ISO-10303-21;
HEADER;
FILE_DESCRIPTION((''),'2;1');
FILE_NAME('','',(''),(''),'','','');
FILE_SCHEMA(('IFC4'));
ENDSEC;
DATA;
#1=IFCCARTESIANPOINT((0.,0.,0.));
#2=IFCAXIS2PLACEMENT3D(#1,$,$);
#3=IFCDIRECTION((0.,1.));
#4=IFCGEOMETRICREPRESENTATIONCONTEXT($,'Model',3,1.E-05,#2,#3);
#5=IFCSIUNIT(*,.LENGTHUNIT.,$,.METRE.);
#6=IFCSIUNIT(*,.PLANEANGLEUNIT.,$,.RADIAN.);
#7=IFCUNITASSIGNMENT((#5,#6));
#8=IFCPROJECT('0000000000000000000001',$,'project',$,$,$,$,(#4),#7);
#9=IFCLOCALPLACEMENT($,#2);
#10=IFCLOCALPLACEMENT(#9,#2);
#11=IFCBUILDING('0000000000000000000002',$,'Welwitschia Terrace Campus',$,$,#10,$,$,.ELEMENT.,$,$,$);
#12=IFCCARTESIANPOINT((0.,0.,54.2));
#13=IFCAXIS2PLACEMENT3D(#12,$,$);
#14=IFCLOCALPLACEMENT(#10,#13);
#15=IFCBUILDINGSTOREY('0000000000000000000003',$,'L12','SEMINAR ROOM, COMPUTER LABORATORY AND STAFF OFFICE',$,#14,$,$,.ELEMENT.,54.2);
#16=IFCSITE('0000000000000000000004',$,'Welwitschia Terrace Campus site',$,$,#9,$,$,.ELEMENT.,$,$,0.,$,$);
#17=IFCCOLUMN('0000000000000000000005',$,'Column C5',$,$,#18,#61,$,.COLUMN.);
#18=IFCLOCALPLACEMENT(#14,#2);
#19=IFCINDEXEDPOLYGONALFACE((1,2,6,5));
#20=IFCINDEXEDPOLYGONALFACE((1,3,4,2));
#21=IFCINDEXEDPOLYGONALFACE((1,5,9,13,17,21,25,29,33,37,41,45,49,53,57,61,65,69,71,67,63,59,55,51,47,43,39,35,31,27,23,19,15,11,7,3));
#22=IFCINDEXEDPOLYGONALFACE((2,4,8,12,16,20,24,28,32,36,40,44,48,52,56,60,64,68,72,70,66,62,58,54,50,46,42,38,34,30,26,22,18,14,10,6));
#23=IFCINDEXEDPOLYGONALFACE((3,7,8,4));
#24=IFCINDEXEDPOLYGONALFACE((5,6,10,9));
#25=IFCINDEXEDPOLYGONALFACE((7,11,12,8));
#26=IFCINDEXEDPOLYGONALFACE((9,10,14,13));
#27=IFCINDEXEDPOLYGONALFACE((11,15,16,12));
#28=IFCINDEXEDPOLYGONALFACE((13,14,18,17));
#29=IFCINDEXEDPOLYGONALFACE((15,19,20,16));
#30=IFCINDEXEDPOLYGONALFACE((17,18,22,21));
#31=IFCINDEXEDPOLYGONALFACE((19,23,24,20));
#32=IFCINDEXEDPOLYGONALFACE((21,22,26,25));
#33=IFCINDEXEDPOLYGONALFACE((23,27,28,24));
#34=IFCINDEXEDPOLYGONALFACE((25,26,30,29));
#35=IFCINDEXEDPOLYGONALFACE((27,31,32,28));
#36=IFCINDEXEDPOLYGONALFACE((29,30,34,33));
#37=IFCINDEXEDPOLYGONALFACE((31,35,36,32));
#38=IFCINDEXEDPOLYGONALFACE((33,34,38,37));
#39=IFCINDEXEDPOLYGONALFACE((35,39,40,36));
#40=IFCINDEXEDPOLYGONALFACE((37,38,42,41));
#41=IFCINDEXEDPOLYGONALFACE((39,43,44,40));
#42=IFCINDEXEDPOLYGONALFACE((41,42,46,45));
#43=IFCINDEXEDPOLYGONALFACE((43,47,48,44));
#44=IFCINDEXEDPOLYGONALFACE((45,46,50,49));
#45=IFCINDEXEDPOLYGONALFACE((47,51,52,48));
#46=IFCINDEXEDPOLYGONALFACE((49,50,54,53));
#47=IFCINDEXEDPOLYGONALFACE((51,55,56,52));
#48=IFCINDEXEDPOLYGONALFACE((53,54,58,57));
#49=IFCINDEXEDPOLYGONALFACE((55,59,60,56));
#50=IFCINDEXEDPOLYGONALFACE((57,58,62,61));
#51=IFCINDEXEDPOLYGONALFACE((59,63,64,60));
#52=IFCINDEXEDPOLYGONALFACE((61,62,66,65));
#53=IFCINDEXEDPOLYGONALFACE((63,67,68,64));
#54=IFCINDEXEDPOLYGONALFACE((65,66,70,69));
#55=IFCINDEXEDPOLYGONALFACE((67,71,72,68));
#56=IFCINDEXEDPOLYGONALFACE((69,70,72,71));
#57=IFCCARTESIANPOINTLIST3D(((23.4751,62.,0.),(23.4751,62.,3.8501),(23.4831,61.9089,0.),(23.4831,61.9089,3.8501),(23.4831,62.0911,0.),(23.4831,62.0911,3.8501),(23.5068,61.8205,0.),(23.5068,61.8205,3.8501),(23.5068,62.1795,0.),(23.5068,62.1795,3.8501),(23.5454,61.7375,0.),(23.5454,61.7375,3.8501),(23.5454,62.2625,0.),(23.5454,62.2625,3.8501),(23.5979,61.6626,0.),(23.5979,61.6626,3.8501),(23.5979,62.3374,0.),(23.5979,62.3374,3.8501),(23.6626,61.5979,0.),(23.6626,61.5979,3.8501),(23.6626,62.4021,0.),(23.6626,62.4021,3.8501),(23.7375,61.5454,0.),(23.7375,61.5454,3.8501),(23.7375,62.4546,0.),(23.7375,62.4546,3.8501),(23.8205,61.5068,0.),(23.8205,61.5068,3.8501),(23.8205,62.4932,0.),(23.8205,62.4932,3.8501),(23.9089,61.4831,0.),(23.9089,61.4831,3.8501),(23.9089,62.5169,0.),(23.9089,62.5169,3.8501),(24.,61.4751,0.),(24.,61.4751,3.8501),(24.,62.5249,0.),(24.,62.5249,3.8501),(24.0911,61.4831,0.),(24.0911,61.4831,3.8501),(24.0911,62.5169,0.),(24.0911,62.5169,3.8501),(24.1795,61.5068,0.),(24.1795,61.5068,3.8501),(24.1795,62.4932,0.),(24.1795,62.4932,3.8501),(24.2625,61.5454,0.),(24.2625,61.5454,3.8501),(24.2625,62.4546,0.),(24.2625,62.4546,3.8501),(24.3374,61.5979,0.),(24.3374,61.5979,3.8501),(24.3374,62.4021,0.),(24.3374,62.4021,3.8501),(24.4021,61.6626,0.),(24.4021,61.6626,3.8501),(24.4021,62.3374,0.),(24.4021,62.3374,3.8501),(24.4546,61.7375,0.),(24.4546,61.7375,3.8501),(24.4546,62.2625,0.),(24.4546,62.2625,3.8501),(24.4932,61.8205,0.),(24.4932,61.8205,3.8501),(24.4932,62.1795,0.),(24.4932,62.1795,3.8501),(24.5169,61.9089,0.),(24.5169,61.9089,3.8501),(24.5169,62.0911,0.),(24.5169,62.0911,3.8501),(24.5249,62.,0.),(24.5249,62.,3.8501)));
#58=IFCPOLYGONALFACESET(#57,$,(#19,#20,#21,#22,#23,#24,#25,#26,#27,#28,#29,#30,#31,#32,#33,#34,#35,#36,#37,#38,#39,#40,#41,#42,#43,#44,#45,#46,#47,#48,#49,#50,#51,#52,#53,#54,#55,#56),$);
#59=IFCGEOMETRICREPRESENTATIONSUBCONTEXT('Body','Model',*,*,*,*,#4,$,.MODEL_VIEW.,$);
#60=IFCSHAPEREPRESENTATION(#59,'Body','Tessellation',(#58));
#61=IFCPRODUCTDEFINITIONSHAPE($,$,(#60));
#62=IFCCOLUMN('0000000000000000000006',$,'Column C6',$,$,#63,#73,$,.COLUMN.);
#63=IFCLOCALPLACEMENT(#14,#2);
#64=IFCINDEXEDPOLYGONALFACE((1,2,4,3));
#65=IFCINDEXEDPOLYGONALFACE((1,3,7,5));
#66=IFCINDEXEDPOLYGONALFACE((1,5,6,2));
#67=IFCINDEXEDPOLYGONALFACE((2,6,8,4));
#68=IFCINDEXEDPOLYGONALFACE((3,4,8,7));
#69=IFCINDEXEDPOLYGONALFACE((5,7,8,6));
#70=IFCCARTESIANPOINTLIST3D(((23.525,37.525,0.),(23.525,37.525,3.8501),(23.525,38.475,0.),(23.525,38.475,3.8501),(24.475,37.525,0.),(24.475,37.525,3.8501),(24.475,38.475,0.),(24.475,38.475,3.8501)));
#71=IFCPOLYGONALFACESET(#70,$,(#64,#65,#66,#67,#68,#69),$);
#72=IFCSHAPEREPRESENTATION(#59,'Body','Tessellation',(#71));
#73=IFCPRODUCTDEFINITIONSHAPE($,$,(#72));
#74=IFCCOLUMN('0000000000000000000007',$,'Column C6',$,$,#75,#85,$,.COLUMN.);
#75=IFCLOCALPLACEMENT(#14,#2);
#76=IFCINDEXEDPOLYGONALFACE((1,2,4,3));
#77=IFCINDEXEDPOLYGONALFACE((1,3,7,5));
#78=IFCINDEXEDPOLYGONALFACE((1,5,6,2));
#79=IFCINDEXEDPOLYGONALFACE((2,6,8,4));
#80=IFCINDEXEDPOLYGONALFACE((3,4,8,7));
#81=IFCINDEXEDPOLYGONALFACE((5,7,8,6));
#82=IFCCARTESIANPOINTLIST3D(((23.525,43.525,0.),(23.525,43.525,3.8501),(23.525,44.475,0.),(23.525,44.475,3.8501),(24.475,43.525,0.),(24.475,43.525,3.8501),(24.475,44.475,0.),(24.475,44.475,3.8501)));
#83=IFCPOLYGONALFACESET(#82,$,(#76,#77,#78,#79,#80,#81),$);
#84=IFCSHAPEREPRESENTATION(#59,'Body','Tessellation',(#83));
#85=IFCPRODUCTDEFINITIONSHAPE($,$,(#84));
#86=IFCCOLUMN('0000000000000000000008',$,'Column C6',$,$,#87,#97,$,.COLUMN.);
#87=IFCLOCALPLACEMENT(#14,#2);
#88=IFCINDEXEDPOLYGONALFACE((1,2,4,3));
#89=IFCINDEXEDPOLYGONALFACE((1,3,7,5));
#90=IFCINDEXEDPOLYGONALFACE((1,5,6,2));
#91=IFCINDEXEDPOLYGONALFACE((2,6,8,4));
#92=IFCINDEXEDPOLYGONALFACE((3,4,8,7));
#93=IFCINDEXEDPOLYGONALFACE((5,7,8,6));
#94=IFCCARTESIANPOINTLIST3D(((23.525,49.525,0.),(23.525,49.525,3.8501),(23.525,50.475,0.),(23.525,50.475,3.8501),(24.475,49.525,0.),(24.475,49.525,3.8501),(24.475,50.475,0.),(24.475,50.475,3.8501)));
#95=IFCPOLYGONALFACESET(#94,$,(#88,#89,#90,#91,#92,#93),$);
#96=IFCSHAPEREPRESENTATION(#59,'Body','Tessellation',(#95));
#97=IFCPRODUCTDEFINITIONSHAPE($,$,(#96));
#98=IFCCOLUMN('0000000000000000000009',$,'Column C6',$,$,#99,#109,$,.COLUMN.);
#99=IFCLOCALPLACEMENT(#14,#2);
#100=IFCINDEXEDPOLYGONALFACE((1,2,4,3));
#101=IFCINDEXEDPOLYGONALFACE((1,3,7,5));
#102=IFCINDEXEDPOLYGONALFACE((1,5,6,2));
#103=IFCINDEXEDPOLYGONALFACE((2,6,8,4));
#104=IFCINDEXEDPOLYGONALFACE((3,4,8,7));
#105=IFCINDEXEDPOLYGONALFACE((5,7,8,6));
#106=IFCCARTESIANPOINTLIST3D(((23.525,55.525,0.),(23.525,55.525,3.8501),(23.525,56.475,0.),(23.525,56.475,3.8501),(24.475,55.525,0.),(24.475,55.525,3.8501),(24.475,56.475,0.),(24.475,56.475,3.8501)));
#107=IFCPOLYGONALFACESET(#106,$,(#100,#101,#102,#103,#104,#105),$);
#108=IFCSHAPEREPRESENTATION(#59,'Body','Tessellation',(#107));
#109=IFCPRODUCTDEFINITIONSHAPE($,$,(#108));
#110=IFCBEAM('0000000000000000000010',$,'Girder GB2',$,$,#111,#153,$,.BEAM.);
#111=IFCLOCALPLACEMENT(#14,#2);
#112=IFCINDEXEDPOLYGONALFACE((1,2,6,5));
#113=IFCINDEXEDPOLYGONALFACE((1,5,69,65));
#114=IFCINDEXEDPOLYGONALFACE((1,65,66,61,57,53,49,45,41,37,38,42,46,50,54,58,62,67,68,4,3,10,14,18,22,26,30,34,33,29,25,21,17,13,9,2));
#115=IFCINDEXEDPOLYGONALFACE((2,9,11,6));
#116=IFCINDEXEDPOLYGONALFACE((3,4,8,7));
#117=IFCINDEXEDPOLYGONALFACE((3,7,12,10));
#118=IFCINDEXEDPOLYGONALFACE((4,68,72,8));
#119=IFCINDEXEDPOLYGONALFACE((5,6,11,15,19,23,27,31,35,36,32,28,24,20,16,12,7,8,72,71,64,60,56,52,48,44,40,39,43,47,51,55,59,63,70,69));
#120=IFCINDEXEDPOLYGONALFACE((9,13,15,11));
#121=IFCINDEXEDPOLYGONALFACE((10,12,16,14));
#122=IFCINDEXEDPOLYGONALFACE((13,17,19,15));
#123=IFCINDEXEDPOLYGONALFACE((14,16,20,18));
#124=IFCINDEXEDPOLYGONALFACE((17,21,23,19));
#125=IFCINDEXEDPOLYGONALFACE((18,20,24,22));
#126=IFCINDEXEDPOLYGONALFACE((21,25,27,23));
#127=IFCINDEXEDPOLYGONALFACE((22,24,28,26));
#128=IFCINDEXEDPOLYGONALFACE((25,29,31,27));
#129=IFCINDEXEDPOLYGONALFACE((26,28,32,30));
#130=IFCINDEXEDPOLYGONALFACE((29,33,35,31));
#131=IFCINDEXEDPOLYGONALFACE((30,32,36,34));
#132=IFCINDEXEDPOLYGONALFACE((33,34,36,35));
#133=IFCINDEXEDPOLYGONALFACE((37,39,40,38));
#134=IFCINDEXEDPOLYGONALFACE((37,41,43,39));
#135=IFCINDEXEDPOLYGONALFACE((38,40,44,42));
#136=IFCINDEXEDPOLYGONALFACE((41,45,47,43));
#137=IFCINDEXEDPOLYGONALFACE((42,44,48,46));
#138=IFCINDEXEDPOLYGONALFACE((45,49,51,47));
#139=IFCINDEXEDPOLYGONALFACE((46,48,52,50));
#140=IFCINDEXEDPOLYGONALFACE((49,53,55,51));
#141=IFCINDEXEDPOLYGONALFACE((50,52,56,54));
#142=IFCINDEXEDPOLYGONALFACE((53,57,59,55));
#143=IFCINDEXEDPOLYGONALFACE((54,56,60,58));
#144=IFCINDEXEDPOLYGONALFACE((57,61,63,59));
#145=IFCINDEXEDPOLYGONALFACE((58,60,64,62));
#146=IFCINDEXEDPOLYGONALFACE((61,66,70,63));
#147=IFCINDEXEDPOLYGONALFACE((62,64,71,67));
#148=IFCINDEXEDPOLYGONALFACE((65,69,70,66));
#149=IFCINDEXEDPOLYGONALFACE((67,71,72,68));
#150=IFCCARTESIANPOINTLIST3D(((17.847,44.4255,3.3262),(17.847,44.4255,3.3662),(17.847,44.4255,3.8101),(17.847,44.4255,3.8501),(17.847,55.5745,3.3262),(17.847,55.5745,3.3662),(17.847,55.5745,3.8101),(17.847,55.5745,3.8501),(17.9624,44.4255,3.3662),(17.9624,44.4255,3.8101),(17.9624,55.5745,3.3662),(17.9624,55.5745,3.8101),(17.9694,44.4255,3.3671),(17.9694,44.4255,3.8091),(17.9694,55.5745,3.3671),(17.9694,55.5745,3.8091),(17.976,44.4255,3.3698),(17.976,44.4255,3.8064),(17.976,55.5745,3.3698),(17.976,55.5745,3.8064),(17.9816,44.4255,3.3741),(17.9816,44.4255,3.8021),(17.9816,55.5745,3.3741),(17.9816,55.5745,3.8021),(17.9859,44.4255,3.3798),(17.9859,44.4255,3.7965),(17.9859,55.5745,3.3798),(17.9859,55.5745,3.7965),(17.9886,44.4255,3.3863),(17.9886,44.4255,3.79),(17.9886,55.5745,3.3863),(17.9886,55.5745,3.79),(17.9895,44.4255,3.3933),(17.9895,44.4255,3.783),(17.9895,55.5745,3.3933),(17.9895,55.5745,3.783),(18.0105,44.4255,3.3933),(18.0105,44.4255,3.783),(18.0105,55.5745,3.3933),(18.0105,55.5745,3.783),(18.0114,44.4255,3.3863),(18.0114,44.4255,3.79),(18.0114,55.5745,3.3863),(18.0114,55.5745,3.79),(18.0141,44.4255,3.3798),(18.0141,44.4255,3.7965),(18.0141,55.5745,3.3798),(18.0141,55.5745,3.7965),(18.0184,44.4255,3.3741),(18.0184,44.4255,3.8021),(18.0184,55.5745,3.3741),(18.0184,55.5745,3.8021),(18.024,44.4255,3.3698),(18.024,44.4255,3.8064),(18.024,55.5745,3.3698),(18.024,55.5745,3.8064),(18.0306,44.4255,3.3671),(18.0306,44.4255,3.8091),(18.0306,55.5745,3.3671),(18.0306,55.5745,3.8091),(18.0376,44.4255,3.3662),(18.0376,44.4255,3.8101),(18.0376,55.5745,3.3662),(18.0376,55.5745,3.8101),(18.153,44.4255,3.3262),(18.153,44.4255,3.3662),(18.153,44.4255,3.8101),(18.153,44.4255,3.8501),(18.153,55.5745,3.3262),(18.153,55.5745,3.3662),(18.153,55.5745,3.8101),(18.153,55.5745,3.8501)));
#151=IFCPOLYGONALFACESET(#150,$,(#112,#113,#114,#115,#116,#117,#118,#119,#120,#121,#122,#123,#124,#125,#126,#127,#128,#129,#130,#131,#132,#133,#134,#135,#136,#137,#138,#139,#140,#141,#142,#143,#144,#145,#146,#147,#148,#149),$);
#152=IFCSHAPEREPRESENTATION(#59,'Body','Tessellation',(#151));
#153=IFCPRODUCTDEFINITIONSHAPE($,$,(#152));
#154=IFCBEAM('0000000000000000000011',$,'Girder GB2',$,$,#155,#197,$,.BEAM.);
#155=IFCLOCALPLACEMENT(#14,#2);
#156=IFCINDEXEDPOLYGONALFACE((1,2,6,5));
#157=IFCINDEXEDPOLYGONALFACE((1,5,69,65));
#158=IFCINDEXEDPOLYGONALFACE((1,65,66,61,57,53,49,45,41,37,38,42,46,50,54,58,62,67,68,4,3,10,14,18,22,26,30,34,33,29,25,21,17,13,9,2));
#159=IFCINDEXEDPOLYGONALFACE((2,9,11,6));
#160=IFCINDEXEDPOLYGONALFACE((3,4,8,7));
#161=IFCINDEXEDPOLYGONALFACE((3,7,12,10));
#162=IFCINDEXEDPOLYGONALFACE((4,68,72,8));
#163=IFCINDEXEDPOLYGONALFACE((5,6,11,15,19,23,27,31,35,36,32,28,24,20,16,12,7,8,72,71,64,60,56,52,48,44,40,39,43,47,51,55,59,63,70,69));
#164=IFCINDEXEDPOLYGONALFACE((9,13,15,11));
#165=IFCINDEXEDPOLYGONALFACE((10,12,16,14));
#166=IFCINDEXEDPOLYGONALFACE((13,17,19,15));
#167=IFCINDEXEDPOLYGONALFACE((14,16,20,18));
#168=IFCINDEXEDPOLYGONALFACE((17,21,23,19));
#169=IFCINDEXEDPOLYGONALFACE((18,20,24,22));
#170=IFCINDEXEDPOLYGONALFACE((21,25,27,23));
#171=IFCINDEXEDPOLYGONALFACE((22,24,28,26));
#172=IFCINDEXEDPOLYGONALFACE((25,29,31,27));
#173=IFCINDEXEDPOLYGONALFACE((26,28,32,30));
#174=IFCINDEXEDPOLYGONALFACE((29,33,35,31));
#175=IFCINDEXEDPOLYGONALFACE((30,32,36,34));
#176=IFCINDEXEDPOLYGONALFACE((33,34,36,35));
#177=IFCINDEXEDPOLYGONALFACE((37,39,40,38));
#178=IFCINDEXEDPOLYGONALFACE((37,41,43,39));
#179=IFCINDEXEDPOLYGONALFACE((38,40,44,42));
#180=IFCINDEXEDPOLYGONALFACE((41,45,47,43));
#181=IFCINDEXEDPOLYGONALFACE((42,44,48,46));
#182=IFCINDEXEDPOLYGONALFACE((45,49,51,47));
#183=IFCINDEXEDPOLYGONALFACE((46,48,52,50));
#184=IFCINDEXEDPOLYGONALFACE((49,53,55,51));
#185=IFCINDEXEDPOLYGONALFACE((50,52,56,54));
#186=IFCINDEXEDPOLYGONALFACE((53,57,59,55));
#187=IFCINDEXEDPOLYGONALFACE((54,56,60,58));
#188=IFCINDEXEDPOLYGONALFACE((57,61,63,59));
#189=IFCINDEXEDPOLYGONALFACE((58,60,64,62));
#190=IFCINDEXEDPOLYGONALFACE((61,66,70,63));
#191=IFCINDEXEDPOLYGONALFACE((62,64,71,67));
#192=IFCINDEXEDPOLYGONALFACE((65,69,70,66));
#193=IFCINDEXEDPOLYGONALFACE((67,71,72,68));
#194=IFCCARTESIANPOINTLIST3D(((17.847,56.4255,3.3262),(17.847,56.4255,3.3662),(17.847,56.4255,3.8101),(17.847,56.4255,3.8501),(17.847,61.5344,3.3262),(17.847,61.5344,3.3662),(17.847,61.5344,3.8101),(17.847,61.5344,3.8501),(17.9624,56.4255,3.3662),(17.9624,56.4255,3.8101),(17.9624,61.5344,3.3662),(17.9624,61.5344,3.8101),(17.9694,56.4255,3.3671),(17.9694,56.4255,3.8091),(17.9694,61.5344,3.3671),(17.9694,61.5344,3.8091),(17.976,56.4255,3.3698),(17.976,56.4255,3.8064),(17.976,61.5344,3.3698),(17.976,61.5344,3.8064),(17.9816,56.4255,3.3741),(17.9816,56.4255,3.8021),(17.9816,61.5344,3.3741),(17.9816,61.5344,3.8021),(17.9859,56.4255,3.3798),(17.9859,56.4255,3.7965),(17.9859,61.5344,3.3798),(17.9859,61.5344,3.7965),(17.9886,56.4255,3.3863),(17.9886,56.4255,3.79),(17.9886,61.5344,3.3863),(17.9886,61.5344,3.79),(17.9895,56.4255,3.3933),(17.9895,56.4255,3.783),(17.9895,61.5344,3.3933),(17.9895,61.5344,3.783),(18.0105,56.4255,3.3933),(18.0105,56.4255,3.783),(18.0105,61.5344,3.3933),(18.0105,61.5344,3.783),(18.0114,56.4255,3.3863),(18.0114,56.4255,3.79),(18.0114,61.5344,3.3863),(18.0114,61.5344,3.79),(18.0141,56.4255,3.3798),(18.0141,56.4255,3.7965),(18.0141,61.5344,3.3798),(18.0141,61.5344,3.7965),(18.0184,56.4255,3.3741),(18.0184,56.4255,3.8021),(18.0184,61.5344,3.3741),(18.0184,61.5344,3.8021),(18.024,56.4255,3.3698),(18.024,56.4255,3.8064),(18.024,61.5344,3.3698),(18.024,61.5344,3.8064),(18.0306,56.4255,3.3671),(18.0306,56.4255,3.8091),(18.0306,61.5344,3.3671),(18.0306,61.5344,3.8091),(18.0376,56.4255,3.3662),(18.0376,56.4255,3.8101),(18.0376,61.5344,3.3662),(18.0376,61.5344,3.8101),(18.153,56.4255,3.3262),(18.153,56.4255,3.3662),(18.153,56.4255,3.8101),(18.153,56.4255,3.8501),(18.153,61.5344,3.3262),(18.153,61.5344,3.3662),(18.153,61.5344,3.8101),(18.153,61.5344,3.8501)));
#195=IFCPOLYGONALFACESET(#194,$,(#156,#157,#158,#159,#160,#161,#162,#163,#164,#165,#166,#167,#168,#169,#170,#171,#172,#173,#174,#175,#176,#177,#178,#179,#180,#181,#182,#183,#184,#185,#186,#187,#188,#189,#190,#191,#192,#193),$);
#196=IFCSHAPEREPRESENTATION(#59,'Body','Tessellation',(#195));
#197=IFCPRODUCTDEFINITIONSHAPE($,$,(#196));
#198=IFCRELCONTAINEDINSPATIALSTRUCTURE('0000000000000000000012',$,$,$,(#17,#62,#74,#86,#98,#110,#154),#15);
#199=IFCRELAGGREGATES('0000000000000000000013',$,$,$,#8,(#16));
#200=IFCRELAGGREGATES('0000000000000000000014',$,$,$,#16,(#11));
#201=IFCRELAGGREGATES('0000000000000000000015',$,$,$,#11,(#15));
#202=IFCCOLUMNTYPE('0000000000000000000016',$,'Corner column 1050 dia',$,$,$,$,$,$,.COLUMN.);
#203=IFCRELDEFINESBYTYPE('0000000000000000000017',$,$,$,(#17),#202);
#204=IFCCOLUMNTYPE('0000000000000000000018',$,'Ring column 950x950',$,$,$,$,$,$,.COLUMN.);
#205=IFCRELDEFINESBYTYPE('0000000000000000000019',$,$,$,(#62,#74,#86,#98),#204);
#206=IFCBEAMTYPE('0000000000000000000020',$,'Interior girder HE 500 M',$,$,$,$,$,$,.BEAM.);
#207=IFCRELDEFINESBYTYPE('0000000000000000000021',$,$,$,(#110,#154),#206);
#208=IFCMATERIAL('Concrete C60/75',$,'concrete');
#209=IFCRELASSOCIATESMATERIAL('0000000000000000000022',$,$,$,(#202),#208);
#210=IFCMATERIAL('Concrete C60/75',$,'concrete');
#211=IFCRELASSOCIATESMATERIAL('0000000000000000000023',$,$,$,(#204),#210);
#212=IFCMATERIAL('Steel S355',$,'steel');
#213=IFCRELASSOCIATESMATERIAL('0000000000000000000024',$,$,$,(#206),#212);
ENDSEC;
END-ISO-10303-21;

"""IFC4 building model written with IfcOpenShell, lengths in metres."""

from ifc_helpers import new_model, si_unit, direction, frame, origin, origin_2d, place, context, subcontext, project, spatial, rectangle, circle, i_section, extrude, material, material_profile, profile_set, type_object, element, save


model = new_model("IFC4")

# Units and contexts
model_context = context("Model", 3, precision=1e-05, world=origin(), true_north=direction((0.0, 1.0)))
body_context = subcontext(model_context, "Body", "Model", "MODEL_VIEW")
ifc_project = project(units=[si_unit("LENGTHUNIT", "METRE"), si_unit("PLANEANGLEUNIT", "RADIAN")], contexts=[model_context])

# Site, building, storey
site_placement = place(None, origin())
site = spatial("IfcSite", under=ifc_project, at=site_placement, Name="Welwitschia Terrace Campus site", CompositionType="ELEMENT", RefElevation=0.0)
building_placement = place(site_placement, origin())
building = spatial("IfcBuilding", under=site, at=building_placement, Name="Welwitschia Terrace Campus", CompositionType="ELEMENT")
storey_placement = place(building_placement, frame((0.0, 0.0, 54.2)))
storey = spatial("IfcBuildingStorey", under=building, at=storey_placement, Name="L12", Description="SEMINAR ROOM, COMPUTER LABORATORY AND STAFF OFFICE", CompositionType="ELEMENT", Elevation=54.2)

# Columns
ifc_material_1 = material(Name="Concrete C60/75", Category="concrete")
ifc_material_profile_1 = material_profile(ifc_material_1, circle(Radius=0.5249, at=origin_2d()))
ifc_profile_set_1 = profile_set([ifc_material_profile_1], Name="Concrete C60/75")
column_type_1 = type_object("IfcColumnType", Name="Corner column 1050 dia", PredefinedType="COLUMN", material=ifc_profile_set_1)
column_placement = place(storey_placement, frame((24.0, 62.0, 0.0), z_axis=(0.0, 0.0, 1.0), x_axis=(1.0, 0.0, 0.0)))
element("IfcColumn", 1, at=column_placement, inside=storey, type_object=column_type_1, Name="Column C5", PredefinedType="COLUMN", context=body_context, shape_type="SweptSolid", body=[
    extrude(circle(Radius=0.5249, at=origin_2d()), origin(), (0.0, 0.0, 1.0), 3.8501),
])
ifc_material_2 = material(Name="Concrete C60/75", Category="concrete")
ifc_material_profile_2 = material_profile(ifc_material_2, rectangle(XDim=0.95, YDim=0.95, at=origin_2d()))
ifc_profile_set_2 = profile_set([ifc_material_profile_2], Name="Concrete C60/75")
column_type_2 = type_object("IfcColumnType", Name="Ring column 950x950", PredefinedType="COLUMN", material=ifc_profile_set_2)
for number, where, z_axis, x_axis, name in (
    (2, (24.0, 38.0, 0.0), (0.0, 0.0, 1.0), (1.0, 0.0, 0.0), "Column C6"),
    (3, (24.0, 44.0, 0.0), (0.0, 0.0, 1.0), (1.0, 0.0, 0.0), "Column C6"),
    (4, (24.0, 50.0, 0.0), (0.0, 0.0, 1.0), (1.0, 0.0, 0.0), "Column C6"),
    (5, (24.0, 56.0, 0.0), (0.0, 0.0, 1.0), (1.0, 0.0, 0.0), "Column C6"),
):
    element("IfcColumn", number, at=place(storey_placement, frame(where, z_axis=z_axis, x_axis=x_axis)), inside=storey, type_object=column_type_2, Name=name, PredefinedType="COLUMN", context=body_context, shape_type="SweptSolid", body=[
        extrude(rectangle(XDim=0.95, YDim=0.95, at=origin_2d()), origin(), (0.0, 0.0, 1.0), 3.8501),
    ])

# Beams
ifc_material_3 = material(Name="Steel S355", Category="steel")
ifc_material_profile_3 = material_profile(ifc_material_3, i_section(OverallWidth=0.3059, OverallDepth=0.5239, WebThickness=0.021, FlangeThickness=0.04, FilletRadius=0.0271, at=origin_2d()))
ifc_profile_set_3 = profile_set([ifc_material_profile_3], Name="Steel S355")
beam_type_1 = type_object("IfcBeamType", Name="Interior girder HE 500 M", PredefinedType="BEAM", material=ifc_profile_set_3)
beam_1_placement = place(storey_placement, frame((18.0, 44.4255, 3.5881), z_axis=(0.0, 1.0, 0.0), x_axis=(-1.0, 0.0, 0.0)))
element("IfcBeam", 6, at=beam_1_placement, inside=storey, type_object=beam_type_1, Name="Girder GB2", PredefinedType="BEAM", context=body_context, shape_type="SweptSolid", body=[
    extrude(i_section(OverallWidth=0.3059, OverallDepth=0.5239, WebThickness=0.021, FlangeThickness=0.04, FilletRadius=0.0271, at=origin_2d()), origin(), (0.0, 0.0, 1.0), 11.1489),
])
beam_2_placement = place(storey_placement, frame((18.0, 56.4255, 3.5881), z_axis=(0.0, 1.0, 0.0), x_axis=(-1.0, 0.0, 0.0)))
element("IfcBeam", 7, at=beam_2_placement, inside=storey, type_object=beam_type_1, Name="Girder GB2", PredefinedType="BEAM", context=body_context, shape_type="SweptSolid", body=[
    extrude(i_section(OverallWidth=0.3059, OverallDepth=0.5239, WebThickness=0.021, FlangeThickness=0.04, FilletRadius=0.0271, at=origin_2d()), origin(), (0.0, 0.0, 1.0), 5.1089),
])

save(model, "model.ifc")
